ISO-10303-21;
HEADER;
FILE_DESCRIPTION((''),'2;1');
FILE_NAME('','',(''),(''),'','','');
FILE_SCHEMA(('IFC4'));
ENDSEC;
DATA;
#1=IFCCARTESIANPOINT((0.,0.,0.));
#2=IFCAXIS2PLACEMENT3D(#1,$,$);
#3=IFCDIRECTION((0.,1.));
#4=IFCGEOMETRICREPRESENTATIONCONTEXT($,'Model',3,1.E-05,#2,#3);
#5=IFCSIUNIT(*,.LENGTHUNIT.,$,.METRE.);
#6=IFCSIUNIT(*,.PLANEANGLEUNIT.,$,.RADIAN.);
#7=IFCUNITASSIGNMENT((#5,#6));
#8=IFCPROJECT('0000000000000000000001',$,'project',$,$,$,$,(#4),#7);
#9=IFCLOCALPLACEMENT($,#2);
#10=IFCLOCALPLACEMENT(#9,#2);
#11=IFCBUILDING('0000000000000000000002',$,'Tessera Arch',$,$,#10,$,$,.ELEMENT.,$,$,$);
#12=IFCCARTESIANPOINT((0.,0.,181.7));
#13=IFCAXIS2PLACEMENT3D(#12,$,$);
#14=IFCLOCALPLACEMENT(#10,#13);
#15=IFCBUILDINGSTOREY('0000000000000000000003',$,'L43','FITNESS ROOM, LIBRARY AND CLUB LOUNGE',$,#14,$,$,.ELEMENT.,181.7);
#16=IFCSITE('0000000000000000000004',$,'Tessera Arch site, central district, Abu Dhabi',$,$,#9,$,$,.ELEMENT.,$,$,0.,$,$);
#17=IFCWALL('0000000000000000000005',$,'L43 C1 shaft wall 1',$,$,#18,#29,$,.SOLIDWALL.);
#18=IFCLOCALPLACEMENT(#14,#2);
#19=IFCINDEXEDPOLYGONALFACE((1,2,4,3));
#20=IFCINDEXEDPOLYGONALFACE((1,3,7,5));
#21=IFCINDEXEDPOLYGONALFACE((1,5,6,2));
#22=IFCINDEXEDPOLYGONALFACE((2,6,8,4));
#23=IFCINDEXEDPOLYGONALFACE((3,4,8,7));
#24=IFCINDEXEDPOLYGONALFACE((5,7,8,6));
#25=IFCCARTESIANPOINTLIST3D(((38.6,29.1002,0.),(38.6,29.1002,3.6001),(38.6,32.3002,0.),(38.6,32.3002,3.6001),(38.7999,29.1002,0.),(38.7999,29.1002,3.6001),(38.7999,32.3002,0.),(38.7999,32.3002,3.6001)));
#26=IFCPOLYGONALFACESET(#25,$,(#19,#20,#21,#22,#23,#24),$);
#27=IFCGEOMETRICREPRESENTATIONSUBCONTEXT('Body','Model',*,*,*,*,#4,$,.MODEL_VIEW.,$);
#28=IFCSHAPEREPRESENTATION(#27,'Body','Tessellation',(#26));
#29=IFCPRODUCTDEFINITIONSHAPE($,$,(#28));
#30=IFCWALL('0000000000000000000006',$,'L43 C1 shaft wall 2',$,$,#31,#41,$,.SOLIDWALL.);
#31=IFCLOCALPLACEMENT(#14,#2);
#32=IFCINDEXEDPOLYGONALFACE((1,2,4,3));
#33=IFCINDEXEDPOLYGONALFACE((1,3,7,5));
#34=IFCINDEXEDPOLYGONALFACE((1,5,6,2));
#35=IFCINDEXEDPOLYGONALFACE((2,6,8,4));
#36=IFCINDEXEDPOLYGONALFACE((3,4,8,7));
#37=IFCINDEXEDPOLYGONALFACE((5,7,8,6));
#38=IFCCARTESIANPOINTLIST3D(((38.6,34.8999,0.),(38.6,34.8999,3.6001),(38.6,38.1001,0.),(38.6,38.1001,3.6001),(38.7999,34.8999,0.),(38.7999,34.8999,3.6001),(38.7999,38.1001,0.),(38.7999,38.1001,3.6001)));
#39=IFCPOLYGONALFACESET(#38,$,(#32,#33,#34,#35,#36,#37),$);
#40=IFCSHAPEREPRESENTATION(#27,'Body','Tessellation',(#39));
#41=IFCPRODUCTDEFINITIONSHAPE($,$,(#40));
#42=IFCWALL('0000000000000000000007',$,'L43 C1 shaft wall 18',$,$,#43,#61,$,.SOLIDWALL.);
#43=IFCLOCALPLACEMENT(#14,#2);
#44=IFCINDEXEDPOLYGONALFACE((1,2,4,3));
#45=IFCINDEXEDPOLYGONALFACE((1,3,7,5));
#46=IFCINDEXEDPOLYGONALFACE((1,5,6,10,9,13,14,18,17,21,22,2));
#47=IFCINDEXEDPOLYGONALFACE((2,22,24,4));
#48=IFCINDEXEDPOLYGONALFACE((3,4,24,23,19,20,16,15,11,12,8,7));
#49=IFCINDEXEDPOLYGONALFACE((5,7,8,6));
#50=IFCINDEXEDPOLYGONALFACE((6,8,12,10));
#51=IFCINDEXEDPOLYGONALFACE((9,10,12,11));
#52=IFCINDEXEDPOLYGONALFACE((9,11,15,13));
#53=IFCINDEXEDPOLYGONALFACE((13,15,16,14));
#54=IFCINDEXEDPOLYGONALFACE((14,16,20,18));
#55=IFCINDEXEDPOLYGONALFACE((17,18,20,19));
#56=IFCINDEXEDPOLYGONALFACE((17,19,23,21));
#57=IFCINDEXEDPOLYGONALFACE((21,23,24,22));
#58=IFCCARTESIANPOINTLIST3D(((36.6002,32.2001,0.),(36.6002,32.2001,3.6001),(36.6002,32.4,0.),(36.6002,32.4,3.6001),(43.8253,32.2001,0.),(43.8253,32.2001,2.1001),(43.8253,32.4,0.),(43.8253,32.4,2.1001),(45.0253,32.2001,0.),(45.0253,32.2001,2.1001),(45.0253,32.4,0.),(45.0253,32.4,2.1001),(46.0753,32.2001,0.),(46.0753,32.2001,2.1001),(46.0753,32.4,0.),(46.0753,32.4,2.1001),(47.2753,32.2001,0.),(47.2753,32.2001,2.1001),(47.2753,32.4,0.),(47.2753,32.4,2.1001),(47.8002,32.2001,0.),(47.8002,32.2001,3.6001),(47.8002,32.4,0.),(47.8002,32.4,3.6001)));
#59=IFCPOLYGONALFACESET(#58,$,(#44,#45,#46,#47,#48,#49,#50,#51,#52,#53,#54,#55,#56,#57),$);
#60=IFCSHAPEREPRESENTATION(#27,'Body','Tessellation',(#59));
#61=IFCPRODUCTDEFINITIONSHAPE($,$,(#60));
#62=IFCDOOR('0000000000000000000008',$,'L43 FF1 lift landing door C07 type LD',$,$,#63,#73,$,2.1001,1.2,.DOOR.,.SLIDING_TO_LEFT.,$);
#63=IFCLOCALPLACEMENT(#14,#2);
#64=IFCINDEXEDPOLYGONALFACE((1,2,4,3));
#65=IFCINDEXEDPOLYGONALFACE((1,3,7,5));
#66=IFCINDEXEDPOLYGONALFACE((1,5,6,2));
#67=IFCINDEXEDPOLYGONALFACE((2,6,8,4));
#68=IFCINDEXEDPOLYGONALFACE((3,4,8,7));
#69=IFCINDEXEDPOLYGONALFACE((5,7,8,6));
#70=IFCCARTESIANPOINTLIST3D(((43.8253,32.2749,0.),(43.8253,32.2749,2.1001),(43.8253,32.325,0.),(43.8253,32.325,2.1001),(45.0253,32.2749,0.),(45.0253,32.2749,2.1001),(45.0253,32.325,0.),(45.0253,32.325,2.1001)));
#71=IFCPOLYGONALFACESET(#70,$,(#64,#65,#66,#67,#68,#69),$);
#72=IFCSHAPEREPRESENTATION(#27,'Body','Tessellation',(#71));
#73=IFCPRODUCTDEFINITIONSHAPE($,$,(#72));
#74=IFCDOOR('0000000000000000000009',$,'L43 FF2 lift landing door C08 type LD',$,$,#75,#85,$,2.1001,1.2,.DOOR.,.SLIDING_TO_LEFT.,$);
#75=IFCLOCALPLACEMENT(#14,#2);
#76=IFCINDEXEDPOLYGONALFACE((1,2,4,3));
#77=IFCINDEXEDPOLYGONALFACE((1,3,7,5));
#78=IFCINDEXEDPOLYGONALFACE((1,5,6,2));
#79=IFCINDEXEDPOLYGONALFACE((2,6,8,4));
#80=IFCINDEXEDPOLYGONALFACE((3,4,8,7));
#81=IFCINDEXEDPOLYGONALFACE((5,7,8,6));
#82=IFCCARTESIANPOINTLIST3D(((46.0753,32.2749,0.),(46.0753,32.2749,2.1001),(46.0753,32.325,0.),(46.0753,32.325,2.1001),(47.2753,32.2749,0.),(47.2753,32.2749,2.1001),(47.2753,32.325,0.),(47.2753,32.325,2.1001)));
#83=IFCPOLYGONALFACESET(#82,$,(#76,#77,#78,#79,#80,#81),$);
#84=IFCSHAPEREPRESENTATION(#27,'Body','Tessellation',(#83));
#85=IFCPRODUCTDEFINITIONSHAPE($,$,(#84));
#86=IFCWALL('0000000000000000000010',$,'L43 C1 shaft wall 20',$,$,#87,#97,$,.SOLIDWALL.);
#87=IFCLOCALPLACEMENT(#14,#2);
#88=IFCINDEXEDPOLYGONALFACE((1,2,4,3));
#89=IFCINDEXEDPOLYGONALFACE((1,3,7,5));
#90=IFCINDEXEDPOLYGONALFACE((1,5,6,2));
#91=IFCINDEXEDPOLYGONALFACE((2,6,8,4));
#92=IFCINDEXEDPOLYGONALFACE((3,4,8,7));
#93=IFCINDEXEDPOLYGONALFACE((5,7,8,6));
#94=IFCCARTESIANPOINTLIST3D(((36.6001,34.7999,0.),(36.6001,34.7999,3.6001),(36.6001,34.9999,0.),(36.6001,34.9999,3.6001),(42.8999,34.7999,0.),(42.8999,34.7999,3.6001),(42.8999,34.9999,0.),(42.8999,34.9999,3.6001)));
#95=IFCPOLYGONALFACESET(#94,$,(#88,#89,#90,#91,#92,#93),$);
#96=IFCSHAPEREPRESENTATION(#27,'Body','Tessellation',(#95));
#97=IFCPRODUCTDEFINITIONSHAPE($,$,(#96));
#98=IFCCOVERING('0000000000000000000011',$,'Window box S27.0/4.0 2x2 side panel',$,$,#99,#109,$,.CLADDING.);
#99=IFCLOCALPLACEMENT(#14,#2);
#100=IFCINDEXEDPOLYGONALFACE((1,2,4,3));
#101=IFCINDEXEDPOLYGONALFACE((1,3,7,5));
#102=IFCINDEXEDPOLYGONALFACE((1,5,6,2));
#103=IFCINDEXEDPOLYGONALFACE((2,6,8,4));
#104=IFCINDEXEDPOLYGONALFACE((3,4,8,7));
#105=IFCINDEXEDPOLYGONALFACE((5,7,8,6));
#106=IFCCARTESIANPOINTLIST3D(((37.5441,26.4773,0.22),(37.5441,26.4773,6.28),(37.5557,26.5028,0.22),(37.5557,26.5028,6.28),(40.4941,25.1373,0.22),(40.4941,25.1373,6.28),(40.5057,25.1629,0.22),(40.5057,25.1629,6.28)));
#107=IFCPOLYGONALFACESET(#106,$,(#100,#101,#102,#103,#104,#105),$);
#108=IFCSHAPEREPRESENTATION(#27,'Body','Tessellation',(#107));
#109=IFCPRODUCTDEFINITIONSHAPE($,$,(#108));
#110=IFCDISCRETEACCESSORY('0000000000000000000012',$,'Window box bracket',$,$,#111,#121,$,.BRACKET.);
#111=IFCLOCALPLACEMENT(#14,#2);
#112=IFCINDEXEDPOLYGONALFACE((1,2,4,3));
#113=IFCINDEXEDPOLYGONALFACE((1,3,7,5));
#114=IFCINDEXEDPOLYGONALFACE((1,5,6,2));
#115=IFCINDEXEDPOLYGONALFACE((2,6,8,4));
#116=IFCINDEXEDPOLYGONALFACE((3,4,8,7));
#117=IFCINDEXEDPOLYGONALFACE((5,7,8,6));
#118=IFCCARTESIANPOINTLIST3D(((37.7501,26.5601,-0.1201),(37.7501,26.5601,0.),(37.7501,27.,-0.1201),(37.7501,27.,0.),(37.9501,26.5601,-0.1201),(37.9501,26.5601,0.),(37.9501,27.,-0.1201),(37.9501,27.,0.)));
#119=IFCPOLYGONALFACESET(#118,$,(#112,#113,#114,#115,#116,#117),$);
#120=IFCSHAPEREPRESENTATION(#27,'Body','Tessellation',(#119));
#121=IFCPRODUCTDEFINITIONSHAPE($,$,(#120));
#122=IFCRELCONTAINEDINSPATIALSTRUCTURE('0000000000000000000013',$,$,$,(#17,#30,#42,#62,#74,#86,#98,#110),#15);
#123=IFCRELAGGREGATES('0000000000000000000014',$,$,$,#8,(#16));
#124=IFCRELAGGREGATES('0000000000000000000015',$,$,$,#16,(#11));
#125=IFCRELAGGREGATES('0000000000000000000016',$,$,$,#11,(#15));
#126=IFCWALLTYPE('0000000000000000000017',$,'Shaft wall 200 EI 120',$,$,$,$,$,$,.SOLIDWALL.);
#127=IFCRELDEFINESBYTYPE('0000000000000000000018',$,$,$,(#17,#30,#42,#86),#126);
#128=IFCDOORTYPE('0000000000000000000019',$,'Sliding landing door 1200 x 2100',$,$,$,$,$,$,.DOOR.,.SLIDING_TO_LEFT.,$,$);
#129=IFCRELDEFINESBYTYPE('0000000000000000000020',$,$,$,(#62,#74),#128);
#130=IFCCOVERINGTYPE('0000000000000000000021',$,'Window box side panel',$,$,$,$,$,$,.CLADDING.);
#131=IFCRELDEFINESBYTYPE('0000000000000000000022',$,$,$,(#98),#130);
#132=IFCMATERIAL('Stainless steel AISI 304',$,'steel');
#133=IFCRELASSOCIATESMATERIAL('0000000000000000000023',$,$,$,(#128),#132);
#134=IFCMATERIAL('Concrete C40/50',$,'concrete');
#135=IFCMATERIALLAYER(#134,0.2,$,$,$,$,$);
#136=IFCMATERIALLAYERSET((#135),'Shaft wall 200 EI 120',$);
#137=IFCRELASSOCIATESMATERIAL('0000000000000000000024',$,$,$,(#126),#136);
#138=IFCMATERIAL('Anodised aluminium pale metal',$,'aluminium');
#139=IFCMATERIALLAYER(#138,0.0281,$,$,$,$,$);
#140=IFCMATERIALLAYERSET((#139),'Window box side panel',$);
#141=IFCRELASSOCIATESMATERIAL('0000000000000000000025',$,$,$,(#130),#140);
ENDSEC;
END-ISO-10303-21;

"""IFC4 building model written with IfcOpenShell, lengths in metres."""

from ifc_helpers import new_model, si_unit, direction, frame, frame_2d, origin, origin_2d, place, context, subcontext, project, spatial, rectangle, extrude, material, layer, layer_set, type_object, element, fill, save


model = new_model("IFC4")

# Units and contexts
model_context = context("Model", 3, precision=1e-05, world=origin(), true_north=direction((0.0, 1.0)))
body_context = subcontext(model_context, "Body", "Model", "MODEL_VIEW")
ifc_project = project(units=[si_unit("LENGTHUNIT", "METRE"), si_unit("PLANEANGLEUNIT", "RADIAN")], contexts=[model_context])

# Site, building, storey
site_placement = place(None, origin())
site = spatial("IfcSite", under=ifc_project, at=site_placement, Name="Tessera Arch site, central district, Abu Dhabi", CompositionType="ELEMENT", RefElevation=0.0)
building_placement = place(site_placement, origin())
building = spatial("IfcBuilding", under=site, at=building_placement, Name="Tessera Arch", CompositionType="ELEMENT")
storey_placement = place(building_placement, frame((0.0, 0.0, 181.7)))
storey = spatial("IfcBuildingStorey", under=building, at=storey_placement, Name="L43", Description="FITNESS ROOM, LIBRARY AND CLUB LOUNGE", CompositionType="ELEMENT", Elevation=181.7)

# Shared definitions
ifc_material_1 = material(Name="Stainless steel AISI 304", Category="steel")
door_type_1 = type_object("IfcDoorType", Name="Sliding landing door 1200 x 2100", OperationType="SLIDING_TO_LEFT", PredefinedType="DOOR", material=ifc_material_1)

# Walls
ifc_material_2 = material(Name="Concrete C40/50", Category="concrete")
ifc_layer_1 = layer(ifc_material_2, 0.2)
ifc_layer_set_1 = layer_set([ifc_layer_1], Name="Shaft wall 200 EI 120")
wall_type_1 = type_object("IfcWallType", Name="Shaft wall 200 EI 120", PredefinedType="SOLIDWALL", material=ifc_layer_set_1)
wall_1_placement = place(storey_placement, frame((38.7, 29.1001, 0.0), z_axis=(0.0, 0.0, 1.0), x_axis=(0.0, 1.0, 0.0)))
element("IfcWall", 1, at=wall_1_placement, inside=storey, type_object=wall_type_1, Name="L43 C1 shaft wall 1", PredefinedType="SOLIDWALL", context=body_context, shape_type="SweptSolid", body=[
    extrude(rectangle(XDim=3.2, YDim=0.2, at=frame_2d((1.6001, 0.0))), origin(), (0.0, 0.0, 1.0), 3.6001),
])
wall_2_placement = place(storey_placement, frame((38.7, 34.8999, 0.0), z_axis=(0.0, 0.0, 1.0), x_axis=(0.0, 1.0, 0.0)))
element("IfcWall", 2, at=wall_2_placement, inside=storey, type_object=wall_type_1, Name="L43 C1 shaft wall 2", PredefinedType="SOLIDWALL", context=body_context, shape_type="SweptSolid", body=[
    extrude(rectangle(XDim=3.2002, YDim=0.2, at=frame_2d((1.6001, 0.0))), origin(), (0.0, 0.0, 1.0), 3.6001),
])

# Wall, openings, doors
wall_3_placement = place(storey_placement, frame((36.6001, 32.3, 0.0), z_axis=(0.0, 0.0, 1.0), x_axis=(1.0, 0.0, 0.0)))
wall_3 = element("IfcWall", 3, at=wall_3_placement, inside=storey, type_object=wall_type_1, Name="L43 C1 shaft wall 18", PredefinedType="SOLIDWALL", context=body_context, shape_type="SweptSolid", body=[
    extrude(rectangle(XDim=11.2, YDim=0.2, at=frame_2d((5.6001, 0.0))), origin(), (0.0, 0.0, 1.0), 3.6001),
])
opening_1_placement = place(wall_3_placement, frame((7.2251, 0.0, 0.0)))
opening_1 = element("IfcOpeningElement", 4, at=opening_1_placement, cuts=wall_3, PredefinedType="OPENING", context=body_context, shape_type="SweptSolid", body=[
    extrude(rectangle(XDim=1.2, YDim=2.1001, at=frame_2d((0.6001, 1.05))), frame((0.0, 0.1099, 0.0), z_axis=(0.0, -1.0, 0.0), x_axis=(1.0, 0.0, 0.0)), (0.0, 0.0, 1.0), 0.22),
])
opening_2_placement = place(wall_3_placement, frame((9.4751, 0.0, 0.0)))
opening_2 = element("IfcOpeningElement", 5, at=opening_2_placement, cuts=wall_3, PredefinedType="OPENING", context=body_context, shape_type="SweptSolid", body=[
    extrude(rectangle(XDim=1.2, YDim=2.1001, at=frame_2d((0.6001, 1.05))), frame((0.0, 0.1099, 0.0), z_axis=(0.0, -1.0, 0.0), x_axis=(1.0, 0.0, 0.0)), (0.0, 0.0, 1.0), 0.22),
])
door_1_placement = place(opening_1_placement, origin())
door_1 = element("IfcDoor", 6, at=door_1_placement, inside=storey, type_object=door_type_1, Name="L43 FF1 lift landing door C07 type LD", OperationType="SLIDING_TO_LEFT", OverallHeight=2.1001, OverallWidth=1.2, PredefinedType="DOOR", context=body_context, shape_type="SweptSolid", body=[
    extrude(rectangle(XDim=1.2, YDim=2.1001, at=frame_2d((0.6001, 1.05))), frame((0.0, 0.0249, 0.0), z_axis=(0.0, -1.0, 0.0), x_axis=(1.0, 0.0, 0.0)), (0.0, 0.0, 1.0), 0.05),
])
fill(opening_1, door_1)
door_2_placement = place(opening_2_placement, origin())
door_2 = element("IfcDoor", 7, at=door_2_placement, inside=storey, type_object=door_type_1, Name="L43 FF2 lift landing door C08 type LD", OperationType="SLIDING_TO_LEFT", OverallHeight=2.1001, OverallWidth=1.2, PredefinedType="DOOR", context=body_context, shape_type="SweptSolid", body=[
    extrude(rectangle(XDim=1.2, YDim=2.1001, at=frame_2d((0.6001, 1.05))), frame((0.0, 0.0249, 0.0), z_axis=(0.0, -1.0, 0.0), x_axis=(1.0, 0.0, 0.0)), (0.0, 0.0, 1.0), 0.05),
])
fill(opening_2, door_2)

# Wall
wall_4_placement = place(storey_placement, frame((36.6001, 34.8999, 0.0), z_axis=(0.0, 0.0, 1.0), x_axis=(1.0, 0.0, 0.0)))
element("IfcWall", 8, at=wall_4_placement, inside=storey, type_object=wall_type_1, Name="L43 C1 shaft wall 20", PredefinedType="SOLIDWALL", context=body_context, shape_type="SweptSolid", body=[
    extrude(rectangle(XDim=6.2998, YDim=0.2, at=frame_2d((3.1499, 0.0))), origin(), (0.0, 0.0, 1.0), 3.6001),
])

# Covering
ifc_material_3 = material(Name="Anodised aluminium pale metal", Category="aluminium")
ifc_layer_2 = layer(ifc_material_3, 0.0281)
ifc_layer_set_2 = layer_set([ifc_layer_2], Name="Window box side panel")
covering_type = type_object("IfcCoveringType", Name="Window box side panel", PredefinedType="CLADDING", material=ifc_layer_set_2)
covering_placement = place(storey_placement, frame((39.0249, 25.8201, 0.22), z_axis=(0.0, 0.0, 1.0), x_axis=(0.910472, -0.41357, 0.0)))
element("IfcCovering", 9, at=covering_placement, inside=storey, type_object=covering_type, Name="Window box S27.0/4.0 2x2 side panel", PredefinedType="CLADDING", context=body_context, shape_type="SweptSolid", body=[
    extrude(rectangle(XDim=3.24, YDim=0.0281, at=origin_2d()), origin(), (0.0, 0.0, 1.0), 6.0601),
])

# Discrete accessory
discrete_accessory_placement = place(storey_placement, frame((37.8501, 26.78, -0.1201), z_axis=(0.0, 0.0, 1.0), x_axis=(0.0, -1.0, 0.0)))
element("IfcDiscreteAccessory", 10, at=discrete_accessory_placement, inside=storey, Name="Window box bracket", PredefinedType="BRACKET", context=body_context, shape_type="SweptSolid", body=[
    extrude(rectangle(XDim=0.4399, YDim=0.2, at=origin_2d()), origin(), (0.0, 0.0, 1.0), 0.1201),
])

save(model, "model.ifc")
